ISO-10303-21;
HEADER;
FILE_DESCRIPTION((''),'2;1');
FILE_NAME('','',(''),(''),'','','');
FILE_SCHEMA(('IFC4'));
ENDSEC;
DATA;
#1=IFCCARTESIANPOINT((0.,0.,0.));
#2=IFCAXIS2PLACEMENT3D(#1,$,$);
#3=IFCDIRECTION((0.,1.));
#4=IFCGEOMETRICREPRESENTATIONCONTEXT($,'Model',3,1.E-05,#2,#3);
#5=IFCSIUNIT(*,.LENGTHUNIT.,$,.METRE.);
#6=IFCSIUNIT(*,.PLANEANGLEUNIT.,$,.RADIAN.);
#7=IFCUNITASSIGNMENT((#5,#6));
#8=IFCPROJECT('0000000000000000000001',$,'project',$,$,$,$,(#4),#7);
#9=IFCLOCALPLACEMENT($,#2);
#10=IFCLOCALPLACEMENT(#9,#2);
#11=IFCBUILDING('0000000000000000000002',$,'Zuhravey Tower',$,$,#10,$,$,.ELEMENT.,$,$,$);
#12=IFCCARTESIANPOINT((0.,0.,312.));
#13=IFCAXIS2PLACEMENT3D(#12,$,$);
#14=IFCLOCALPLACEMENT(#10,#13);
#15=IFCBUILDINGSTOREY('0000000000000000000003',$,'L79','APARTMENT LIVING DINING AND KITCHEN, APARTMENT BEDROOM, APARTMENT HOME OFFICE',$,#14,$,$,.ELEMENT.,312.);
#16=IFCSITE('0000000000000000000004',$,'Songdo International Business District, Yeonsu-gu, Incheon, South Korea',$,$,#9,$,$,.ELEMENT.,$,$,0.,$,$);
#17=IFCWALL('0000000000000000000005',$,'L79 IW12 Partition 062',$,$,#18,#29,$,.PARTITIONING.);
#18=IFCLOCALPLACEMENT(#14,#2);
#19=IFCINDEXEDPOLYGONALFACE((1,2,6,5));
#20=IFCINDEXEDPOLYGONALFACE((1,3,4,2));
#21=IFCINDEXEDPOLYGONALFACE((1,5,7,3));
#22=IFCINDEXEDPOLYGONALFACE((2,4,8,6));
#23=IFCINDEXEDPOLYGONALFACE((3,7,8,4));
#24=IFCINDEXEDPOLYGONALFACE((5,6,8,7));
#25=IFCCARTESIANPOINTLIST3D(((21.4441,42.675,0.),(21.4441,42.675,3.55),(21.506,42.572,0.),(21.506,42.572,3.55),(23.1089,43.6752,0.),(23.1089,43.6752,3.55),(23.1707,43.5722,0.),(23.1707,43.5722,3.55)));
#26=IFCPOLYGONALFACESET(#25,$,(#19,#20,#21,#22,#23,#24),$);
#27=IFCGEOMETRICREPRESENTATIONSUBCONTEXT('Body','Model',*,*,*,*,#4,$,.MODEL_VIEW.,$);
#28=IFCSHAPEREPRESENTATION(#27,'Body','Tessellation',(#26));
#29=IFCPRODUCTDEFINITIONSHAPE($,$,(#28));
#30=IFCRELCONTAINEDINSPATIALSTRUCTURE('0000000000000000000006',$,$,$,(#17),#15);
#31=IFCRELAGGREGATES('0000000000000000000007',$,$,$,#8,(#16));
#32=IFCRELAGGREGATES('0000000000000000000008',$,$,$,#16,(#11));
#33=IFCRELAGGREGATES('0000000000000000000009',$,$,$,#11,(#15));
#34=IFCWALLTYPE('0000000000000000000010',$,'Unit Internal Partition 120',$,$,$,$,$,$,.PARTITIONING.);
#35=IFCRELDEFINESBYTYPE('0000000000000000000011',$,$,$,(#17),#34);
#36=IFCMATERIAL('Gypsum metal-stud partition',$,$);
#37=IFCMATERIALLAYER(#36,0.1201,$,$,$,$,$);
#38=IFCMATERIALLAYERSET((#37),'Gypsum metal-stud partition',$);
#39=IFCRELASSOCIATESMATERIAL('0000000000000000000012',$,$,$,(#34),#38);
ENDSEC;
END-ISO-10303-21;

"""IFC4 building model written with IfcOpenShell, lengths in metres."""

from ifc_helpers import new_model, si_unit, direction, frame, frame_2d, origin, place, context, subcontext, project, spatial, rectangle, extrude, material, layer, layer_set, type_object, element, save


model = new_model("IFC4")

# Units and contexts
model_context = context("Model", 3, precision=1e-05, world=origin(), true_north=direction((0.0, 1.0)))
body_context = subcontext(model_context, "Body", "Model", "MODEL_VIEW")
ifc_project = project(units=[si_unit("LENGTHUNIT", "METRE"), si_unit("PLANEANGLEUNIT", "RADIAN")], contexts=[model_context])

# Site, building, storey
site_placement = place(None, origin())
site = spatial("IfcSite", under=ifc_project, at=site_placement, Name="Songdo International Business District, Yeonsu-gu, Incheon, South Korea", CompositionType="ELEMENT", RefElevation=0.0)
building_placement = place(site_placement, origin())
building = spatial("IfcBuilding", under=site, at=building_placement, Name="Zuhravey Tower", CompositionType="ELEMENT")
storey_placement = place(building_placement, frame((0.0, 0.0, 312.0)))
storey = spatial("IfcBuildingStorey", under=building, at=storey_placement, Name="L79", Description="APARTMENT LIVING DINING AND KITCHEN, APARTMENT BEDROOM, APARTMENT HOME OFFICE", CompositionType="ELEMENT", Elevation=312.0)

# Wall
ifc_material_1 = material(Name="Gypsum metal-stud partition")
ifc_layer_1 = layer(ifc_material_1, 0.1201)
ifc_layer_set_1 = layer_set([ifc_layer_1], Name="Gypsum metal-stud partition")
wall_type_1 = type_object("IfcWallType", Name="Unit Internal Partition 120", PredefinedType="PARTITIONING", material=ifc_layer_set_1)
wall_1_placement = place(storey_placement, frame((23.1399, 43.6238, 0.0), z_axis=(0.0, 0.0, 1.0), x_axis=(-0.857182, -0.515013, 0.0)))
element("IfcWall", 1, at=wall_1_placement, inside=storey, type_object=wall_type_1, Name="L79 IW12 Partition 062", PredefinedType="PARTITIONING", context=body_context, shape_type="SweptSolid", body=[
    extrude(rectangle(XDim=1.9421, YDim=0.1201, at=frame_2d((0.9712, 0.0))), origin(), (0.0, 0.0, 1.0), 3.55),
])

save(model, "model.ifc")
